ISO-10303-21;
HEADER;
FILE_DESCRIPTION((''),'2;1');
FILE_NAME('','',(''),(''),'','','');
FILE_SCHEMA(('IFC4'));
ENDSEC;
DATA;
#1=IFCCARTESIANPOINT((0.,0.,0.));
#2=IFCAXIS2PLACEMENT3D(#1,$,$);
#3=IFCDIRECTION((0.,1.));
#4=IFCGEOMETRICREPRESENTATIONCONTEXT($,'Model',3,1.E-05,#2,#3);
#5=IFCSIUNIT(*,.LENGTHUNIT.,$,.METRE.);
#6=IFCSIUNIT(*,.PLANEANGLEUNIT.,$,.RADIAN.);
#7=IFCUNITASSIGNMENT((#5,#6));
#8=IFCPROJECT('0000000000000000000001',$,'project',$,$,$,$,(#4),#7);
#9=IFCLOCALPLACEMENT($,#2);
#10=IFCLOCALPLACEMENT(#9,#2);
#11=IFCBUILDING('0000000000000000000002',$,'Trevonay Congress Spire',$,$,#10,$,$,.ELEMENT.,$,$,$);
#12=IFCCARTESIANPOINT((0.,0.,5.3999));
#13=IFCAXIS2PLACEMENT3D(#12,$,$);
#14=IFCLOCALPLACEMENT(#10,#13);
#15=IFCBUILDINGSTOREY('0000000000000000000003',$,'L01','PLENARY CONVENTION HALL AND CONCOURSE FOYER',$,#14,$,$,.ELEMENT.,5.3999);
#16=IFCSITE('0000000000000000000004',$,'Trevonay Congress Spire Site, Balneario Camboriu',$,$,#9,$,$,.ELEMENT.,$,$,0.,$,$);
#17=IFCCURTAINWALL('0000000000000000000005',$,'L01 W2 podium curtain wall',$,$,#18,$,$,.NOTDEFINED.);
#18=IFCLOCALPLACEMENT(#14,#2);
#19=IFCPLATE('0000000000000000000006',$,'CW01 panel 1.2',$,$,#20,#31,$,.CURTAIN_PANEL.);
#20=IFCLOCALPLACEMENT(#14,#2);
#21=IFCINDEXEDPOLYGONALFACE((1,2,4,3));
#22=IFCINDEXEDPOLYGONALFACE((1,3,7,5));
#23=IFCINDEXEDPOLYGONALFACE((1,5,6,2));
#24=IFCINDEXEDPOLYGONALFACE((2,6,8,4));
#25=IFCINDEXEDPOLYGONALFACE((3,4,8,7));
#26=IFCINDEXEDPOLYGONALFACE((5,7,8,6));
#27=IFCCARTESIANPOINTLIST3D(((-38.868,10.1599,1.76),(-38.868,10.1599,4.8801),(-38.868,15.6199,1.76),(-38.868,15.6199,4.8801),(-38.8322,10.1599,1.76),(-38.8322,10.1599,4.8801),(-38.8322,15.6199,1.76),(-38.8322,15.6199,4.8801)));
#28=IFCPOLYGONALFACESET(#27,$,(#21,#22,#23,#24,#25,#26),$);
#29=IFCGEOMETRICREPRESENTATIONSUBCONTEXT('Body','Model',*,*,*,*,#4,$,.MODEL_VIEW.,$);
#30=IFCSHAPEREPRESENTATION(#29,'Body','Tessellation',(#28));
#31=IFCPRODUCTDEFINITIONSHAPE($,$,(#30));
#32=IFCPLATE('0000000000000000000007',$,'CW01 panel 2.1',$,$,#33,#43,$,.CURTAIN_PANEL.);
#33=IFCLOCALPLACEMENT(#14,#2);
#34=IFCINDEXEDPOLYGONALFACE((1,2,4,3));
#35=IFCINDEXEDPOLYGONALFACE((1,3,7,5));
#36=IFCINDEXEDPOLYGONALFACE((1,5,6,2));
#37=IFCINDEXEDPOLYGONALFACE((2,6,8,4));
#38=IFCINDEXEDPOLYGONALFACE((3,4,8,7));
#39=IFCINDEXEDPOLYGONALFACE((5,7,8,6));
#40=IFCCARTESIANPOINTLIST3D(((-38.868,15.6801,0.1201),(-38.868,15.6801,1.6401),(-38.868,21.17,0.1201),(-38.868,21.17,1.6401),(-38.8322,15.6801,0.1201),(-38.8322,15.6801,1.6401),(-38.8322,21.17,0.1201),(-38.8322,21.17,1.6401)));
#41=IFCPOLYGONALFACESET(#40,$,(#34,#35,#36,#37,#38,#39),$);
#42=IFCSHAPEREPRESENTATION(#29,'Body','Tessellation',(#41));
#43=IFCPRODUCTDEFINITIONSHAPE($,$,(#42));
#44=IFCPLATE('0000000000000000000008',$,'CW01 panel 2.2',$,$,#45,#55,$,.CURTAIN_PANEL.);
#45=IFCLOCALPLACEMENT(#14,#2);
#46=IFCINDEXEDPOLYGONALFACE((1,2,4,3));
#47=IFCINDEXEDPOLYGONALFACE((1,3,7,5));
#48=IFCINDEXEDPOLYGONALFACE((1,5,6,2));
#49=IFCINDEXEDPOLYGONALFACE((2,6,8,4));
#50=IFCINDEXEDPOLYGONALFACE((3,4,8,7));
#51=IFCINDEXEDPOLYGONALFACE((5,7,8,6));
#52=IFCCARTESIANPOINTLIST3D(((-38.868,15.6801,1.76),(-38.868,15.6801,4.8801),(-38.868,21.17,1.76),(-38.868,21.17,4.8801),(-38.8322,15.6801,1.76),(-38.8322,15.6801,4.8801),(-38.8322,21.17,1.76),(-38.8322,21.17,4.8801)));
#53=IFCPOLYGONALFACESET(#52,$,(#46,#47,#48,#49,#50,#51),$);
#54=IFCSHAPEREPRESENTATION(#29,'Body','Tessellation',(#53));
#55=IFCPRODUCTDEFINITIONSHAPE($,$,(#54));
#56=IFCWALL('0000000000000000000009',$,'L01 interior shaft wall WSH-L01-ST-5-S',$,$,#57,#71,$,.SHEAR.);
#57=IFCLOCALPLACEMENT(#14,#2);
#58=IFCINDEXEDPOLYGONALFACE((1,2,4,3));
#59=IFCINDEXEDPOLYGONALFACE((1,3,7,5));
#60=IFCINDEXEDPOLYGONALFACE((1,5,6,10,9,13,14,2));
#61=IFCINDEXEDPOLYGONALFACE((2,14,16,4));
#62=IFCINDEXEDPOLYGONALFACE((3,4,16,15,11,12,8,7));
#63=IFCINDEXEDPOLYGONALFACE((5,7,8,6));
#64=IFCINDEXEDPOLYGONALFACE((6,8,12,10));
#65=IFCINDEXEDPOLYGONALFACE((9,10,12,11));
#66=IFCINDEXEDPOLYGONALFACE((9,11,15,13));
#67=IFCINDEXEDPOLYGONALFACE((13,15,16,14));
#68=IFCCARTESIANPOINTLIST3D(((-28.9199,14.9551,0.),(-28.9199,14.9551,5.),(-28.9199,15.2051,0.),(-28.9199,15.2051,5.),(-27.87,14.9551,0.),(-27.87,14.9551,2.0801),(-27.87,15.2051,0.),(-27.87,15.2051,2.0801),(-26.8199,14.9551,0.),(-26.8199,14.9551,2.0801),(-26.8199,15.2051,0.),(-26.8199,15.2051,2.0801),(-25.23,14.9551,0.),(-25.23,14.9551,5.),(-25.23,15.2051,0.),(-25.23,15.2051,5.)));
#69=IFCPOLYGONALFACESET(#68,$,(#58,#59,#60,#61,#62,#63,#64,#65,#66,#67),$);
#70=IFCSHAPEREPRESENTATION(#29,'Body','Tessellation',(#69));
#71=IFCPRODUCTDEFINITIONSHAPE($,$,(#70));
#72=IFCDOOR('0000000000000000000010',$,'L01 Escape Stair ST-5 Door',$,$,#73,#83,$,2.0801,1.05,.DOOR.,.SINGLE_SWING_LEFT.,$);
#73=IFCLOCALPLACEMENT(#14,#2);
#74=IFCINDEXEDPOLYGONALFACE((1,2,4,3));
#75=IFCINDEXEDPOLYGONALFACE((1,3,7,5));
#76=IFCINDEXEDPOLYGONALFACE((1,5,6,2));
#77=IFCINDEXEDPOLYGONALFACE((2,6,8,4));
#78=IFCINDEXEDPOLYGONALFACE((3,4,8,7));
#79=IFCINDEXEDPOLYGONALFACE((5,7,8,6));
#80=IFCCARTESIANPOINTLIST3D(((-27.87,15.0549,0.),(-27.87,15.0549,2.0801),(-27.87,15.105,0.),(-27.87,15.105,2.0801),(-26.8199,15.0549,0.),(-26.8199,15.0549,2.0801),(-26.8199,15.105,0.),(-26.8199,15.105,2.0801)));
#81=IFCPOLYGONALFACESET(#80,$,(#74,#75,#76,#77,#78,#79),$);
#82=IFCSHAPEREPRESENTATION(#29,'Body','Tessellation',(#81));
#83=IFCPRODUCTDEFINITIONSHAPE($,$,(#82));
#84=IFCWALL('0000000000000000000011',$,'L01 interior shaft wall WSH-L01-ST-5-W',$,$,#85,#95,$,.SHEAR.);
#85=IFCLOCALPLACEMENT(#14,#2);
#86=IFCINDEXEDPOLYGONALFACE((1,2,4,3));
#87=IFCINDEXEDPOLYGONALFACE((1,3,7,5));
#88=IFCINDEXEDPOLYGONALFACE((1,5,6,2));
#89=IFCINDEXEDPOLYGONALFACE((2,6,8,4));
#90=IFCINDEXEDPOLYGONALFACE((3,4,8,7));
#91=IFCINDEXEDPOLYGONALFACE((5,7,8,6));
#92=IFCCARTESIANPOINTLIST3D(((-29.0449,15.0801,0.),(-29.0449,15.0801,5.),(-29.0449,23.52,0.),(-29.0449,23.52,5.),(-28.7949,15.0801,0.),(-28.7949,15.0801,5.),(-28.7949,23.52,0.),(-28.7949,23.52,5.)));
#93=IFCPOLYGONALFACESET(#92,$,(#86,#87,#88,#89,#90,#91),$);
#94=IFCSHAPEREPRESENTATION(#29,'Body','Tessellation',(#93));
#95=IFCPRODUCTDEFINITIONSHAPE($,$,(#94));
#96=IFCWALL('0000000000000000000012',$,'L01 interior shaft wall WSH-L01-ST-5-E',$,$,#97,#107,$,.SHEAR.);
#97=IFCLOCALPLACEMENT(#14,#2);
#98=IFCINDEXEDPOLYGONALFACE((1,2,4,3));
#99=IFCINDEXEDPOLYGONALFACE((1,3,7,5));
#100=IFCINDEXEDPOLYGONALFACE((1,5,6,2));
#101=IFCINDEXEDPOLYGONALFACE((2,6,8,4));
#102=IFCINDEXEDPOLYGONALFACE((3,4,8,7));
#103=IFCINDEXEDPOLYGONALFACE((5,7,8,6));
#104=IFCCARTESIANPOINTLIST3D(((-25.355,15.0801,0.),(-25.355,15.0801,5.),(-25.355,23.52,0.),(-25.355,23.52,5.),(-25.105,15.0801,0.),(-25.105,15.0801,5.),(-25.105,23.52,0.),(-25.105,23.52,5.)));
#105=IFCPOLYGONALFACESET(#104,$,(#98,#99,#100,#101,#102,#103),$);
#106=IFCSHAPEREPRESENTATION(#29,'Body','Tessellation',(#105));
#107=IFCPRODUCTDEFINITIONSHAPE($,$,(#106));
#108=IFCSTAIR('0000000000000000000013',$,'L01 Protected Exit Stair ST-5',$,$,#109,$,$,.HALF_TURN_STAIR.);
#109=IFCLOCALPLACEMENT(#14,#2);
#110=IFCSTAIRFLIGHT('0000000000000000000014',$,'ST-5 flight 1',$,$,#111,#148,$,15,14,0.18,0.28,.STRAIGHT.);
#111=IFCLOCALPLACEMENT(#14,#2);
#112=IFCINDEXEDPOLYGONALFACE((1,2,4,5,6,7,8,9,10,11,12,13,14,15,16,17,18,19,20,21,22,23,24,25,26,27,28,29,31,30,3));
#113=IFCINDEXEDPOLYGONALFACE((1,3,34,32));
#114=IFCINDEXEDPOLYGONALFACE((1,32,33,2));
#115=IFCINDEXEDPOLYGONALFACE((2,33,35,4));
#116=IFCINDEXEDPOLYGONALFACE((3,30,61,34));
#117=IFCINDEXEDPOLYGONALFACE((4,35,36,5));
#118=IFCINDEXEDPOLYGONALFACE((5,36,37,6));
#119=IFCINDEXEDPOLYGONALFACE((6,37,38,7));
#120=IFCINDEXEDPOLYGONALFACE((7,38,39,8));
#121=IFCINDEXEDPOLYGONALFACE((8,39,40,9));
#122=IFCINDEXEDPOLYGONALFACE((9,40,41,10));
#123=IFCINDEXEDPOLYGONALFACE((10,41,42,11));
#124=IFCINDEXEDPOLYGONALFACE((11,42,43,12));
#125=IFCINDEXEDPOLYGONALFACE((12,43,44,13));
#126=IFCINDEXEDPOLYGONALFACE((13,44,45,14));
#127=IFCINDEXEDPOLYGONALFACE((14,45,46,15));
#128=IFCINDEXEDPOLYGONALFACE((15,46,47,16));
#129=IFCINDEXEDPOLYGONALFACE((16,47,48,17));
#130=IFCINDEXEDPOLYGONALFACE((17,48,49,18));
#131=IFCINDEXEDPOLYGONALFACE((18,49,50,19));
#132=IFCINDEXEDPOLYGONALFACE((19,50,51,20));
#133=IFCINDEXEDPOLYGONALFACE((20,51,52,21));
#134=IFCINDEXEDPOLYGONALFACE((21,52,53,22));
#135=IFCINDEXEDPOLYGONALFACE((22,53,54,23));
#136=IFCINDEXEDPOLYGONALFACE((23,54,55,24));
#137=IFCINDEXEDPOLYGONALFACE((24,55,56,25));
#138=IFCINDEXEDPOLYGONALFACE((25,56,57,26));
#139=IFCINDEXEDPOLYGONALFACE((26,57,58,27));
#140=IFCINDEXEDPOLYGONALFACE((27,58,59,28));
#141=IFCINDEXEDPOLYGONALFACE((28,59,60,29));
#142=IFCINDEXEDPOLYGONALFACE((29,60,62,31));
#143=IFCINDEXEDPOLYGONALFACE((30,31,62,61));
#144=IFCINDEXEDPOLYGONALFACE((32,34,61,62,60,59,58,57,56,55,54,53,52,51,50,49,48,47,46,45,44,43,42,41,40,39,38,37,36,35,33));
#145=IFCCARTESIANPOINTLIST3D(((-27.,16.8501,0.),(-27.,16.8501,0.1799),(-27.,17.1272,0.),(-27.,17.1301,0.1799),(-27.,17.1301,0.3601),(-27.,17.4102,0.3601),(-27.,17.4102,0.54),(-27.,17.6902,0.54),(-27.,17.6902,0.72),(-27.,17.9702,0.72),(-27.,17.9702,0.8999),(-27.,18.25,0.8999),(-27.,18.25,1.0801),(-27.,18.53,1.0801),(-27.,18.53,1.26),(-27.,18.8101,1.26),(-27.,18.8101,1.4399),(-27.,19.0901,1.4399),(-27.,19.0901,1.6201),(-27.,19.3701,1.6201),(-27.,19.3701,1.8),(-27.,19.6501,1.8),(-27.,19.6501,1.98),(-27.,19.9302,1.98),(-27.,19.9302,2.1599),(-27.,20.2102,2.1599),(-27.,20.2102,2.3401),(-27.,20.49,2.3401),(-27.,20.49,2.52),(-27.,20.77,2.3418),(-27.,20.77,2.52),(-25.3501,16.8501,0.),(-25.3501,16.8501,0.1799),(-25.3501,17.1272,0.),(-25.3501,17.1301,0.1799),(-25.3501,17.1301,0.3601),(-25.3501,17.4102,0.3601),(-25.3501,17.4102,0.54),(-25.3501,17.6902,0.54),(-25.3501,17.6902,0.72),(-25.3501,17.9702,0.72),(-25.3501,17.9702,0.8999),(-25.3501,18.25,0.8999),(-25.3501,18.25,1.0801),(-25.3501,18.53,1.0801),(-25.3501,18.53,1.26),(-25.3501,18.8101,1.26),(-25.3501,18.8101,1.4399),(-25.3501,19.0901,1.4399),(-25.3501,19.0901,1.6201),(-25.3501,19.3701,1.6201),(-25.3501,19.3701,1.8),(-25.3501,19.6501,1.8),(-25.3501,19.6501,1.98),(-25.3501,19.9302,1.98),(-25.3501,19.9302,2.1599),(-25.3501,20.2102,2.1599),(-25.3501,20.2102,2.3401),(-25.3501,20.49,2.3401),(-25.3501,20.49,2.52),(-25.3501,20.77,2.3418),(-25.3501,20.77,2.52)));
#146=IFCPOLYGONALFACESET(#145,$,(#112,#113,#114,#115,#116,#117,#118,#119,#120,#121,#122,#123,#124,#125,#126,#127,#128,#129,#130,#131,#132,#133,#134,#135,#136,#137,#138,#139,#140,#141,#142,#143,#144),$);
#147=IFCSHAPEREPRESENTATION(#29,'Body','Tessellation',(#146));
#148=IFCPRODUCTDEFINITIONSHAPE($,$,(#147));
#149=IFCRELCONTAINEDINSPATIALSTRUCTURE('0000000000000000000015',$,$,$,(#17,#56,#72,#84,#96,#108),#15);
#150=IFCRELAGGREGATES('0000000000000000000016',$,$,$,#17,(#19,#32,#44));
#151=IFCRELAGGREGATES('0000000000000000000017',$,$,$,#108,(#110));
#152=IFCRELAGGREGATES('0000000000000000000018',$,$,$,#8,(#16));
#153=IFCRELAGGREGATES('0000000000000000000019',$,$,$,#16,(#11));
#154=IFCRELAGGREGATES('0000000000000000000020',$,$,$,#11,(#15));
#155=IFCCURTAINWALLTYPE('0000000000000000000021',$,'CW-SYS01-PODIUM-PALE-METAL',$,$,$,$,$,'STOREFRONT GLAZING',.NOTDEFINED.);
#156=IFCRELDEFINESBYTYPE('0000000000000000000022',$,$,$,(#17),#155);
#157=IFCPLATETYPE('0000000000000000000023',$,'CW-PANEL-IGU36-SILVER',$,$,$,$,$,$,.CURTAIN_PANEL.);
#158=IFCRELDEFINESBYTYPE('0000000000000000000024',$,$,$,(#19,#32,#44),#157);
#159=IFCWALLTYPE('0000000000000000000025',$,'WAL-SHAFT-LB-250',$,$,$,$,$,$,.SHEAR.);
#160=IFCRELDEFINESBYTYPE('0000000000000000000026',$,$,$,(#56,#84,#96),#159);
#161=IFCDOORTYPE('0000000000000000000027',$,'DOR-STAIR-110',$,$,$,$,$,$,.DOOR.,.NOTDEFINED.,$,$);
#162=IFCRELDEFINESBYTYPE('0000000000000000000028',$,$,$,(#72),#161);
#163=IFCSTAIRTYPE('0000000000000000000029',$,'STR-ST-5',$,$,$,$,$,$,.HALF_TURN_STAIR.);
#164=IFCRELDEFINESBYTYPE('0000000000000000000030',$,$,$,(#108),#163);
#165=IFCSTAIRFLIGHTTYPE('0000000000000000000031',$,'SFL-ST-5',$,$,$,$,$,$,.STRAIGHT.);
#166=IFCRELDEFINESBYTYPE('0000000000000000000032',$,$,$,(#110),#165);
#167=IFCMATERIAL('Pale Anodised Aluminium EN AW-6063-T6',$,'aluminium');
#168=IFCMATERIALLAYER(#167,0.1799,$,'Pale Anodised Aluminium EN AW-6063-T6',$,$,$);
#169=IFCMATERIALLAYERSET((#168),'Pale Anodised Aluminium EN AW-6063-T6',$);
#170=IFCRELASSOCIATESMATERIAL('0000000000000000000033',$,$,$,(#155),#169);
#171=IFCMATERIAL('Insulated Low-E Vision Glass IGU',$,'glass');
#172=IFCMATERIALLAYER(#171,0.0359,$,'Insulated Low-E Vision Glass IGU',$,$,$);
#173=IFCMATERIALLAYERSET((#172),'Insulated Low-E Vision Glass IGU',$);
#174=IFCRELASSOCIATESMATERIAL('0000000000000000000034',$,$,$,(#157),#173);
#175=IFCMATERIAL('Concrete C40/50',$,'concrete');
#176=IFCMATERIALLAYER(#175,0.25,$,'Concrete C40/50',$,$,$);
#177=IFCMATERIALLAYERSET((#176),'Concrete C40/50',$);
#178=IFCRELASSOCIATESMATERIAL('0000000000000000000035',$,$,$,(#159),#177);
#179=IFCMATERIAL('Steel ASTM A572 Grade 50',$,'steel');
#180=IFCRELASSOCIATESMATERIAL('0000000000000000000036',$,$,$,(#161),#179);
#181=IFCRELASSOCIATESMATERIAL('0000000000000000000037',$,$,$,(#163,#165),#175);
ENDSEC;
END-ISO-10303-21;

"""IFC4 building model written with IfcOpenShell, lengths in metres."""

from ifc_helpers import new_model, si_unit, direction, frame, frame_2d, origin, origin_2d, place, context, subcontext, project, spatial, polyline, rectangle, outline, extrude, material, layer, layer_set, type_object, element, fill, aggregate, save


model = new_model("IFC4")

# Units and contexts
model_context = context("Model", 3, precision=1e-05, world=origin(), true_north=direction((0.0, 1.0)))
body_context = subcontext(model_context, "Body", "Model", "MODEL_VIEW")
ifc_project = project(units=[si_unit("LENGTHUNIT", "METRE"), si_unit("PLANEANGLEUNIT", "RADIAN")], contexts=[model_context])

# Site, building, storey
site_placement = place(None, origin())
site = spatial("IfcSite", under=ifc_project, at=site_placement, Name="Trevonay Congress Spire Site, Balneario Camboriu", CompositionType="ELEMENT", RefElevation=0.0)
building_placement = place(site_placement, origin())
building = spatial("IfcBuilding", under=site, at=building_placement, Name="Trevonay Congress Spire", CompositionType="ELEMENT")
storey_placement = place(building_placement, frame((0.0, 0.0, 5.3999)))
storey = spatial("IfcBuildingStorey", under=building, at=storey_placement, Name="L01", Description="PLENARY CONVENTION HALL AND CONCOURSE FOYER", CompositionType="ELEMENT", Elevation=5.3999)

# Shared definitions
ifc_material_1 = material(Name="Steel ASTM A572 Grade 50", Category="steel")

# Curtain wall, plates
ifc_material_2 = material(Name="Pale Anodised Aluminium EN AW-6063-T6", Category="aluminium")
ifc_layer_1 = layer(ifc_material_2, 0.1799, Name="Pale Anodised Aluminium EN AW-6063-T6")
ifc_layer_set_1 = layer_set([ifc_layer_1], Name="Pale Anodised Aluminium EN AW-6063-T6")
curtain_wall_type = type_object("IfcCurtainWallType", Name="CW-SYS01-PODIUM-PALE-METAL", ElementType="STOREFRONT GLAZING", PredefinedType="NOTDEFINED", material=ifc_layer_set_1)
curtain_wall_placement = place(storey_placement, origin())
curtain_wall = element("IfcCurtainWall", 1, at=curtain_wall_placement, inside=storey, type_object=curtain_wall_type, Name="L01 W2 podium curtain wall", PredefinedType="NOTDEFINED")
ifc_material_3 = material(Name="Insulated Low-E Vision Glass IGU", Category="glass")
ifc_layer_2 = layer(ifc_material_3, 0.0359, Name="Insulated Low-E Vision Glass IGU")
ifc_layer_set_2 = layer_set([ifc_layer_2], Name="Insulated Low-E Vision Glass IGU")
plate_type = type_object("IfcPlateType", Name="CW-PANEL-IGU36-SILVER", PredefinedType="CURTAIN_PANEL", material=ifc_layer_set_2)
plate_1_placement = place(storey_placement, frame((-38.8501, 12.8899, 1.76), z_axis=(0.0, 0.0, 1.0), x_axis=(0.0, 1.0, 0.0)))
plate_1 = element("IfcPlate", 2, at=plate_1_placement, type_object=plate_type, Name="CW01 panel 1.2", PredefinedType="CURTAIN_PANEL", context=body_context, shape_type="SweptSolid", body=[
    extrude(rectangle(XDim=5.46, YDim=0.0359, at=origin_2d()), origin(), (0.0, 0.0, 1.0), 3.1201),
])
plate_2_placement = place(storey_placement, frame((-38.8501, 18.425, 0.1201), z_axis=(0.0, 0.0, 1.0), x_axis=(0.0, 1.0, 0.0)))
plate_2 = element("IfcPlate", 3, at=plate_2_placement, type_object=plate_type, Name="CW01 panel 2.1", PredefinedType="CURTAIN_PANEL", context=body_context, shape_type="SweptSolid", body=[
    extrude(rectangle(XDim=5.49, YDim=0.0359, at=origin_2d()), origin(), (0.0, 0.0, 1.0), 1.52),
])
plate_3_placement = place(storey_placement, frame((-38.8501, 18.425, 1.76), z_axis=(0.0, 0.0, 1.0), x_axis=(0.0, 1.0, 0.0)))
plate_3 = element("IfcPlate", 4, at=plate_3_placement, type_object=plate_type, Name="CW01 panel 2.2", PredefinedType="CURTAIN_PANEL", context=body_context, shape_type="SweptSolid", body=[
    extrude(rectangle(XDim=5.49, YDim=0.0359, at=origin_2d()), origin(), (0.0, 0.0, 1.0), 3.1201),
])
aggregate(curtain_wall, [plate_1, plate_2, plate_3])

# Wall, opening, door
ifc_material_4 = material(Name="Concrete C40/50", Category="concrete")
ifc_layer_3 = layer(ifc_material_4, 0.25, Name="Concrete C40/50")
ifc_layer_set_3 = layer_set([ifc_layer_3], Name="Concrete C40/50")
wall_type = type_object("IfcWallType", Name="WAL-SHAFT-LB-250", PredefinedType="SHEAR", material=ifc_layer_set_3)
wall_placement = place(storey_placement, frame((-28.9199, 15.0801, 0.0), z_axis=(0.0, 0.0, 1.0), x_axis=(1.0, 0.0, 0.0)))
wall = element("IfcWall", 5, at=wall_placement, inside=storey, type_object=wall_type, Name="L01 interior shaft wall WSH-L01-ST-5-S", PredefinedType="SHEAR", context=body_context, shape_type="SweptSolid", body=[
    extrude(rectangle(XDim=3.6899, YDim=0.25, at=frame_2d((1.845, 0.0))), origin(), (0.0, 0.0, 1.0), 5.0),
])
opening_placement = place(wall_placement, frame((1.05, 0.0, 0.0)))
opening = element("IfcOpeningElement", 6, at=opening_placement, cuts=wall, PredefinedType="OPENING", context=body_context, shape_type="SweptSolid", body=[
    extrude(rectangle(XDim=1.05, YDim=2.0801, at=frame_2d((0.5249, 1.04))), frame((0.0, 0.135, 0.0), z_axis=(0.0, -1.0, 0.0), x_axis=(1.0, 0.0, 0.0)), (0.0, 0.0, 1.0), 0.27),
])
door_type = type_object("IfcDoorType", Name="DOR-STAIR-110", OperationType="NOTDEFINED", PredefinedType="DOOR", material=ifc_material_1)
door_placement = place(opening_placement, origin())
door = element("IfcDoor", 7, at=door_placement, inside=storey, type_object=door_type, Name="L01 Escape Stair ST-5 Door", OperationType="SINGLE_SWING_LEFT", OverallHeight=2.0801, OverallWidth=1.05, PredefinedType="DOOR", context=body_context, shape_type="SweptSolid", body=[
    extrude(rectangle(XDim=1.05, YDim=2.0801, at=frame_2d((0.5249, 1.04))), frame((0.0, 0.0249, 0.0), z_axis=(0.0, -1.0, 0.0), x_axis=(1.0, 0.0, 0.0)), (0.0, 0.0, 1.0), 0.05),
])
fill(opening, door)

# Walls
for number, where, z_axis, x_axis, name in (
    (8, (-28.9199, 15.0801, 0.0), (0.0, 0.0, 1.0), (0.0, 1.0, 0.0), "L01 interior shaft wall WSH-L01-ST-5-W"),
    (9, (-25.23, 15.0801, 0.0), (0.0, 0.0, 1.0), (0.0, 1.0, 0.0), "L01 interior shaft wall WSH-L01-ST-5-E"),
):
    element("IfcWall", number, at=place(storey_placement, frame(where, z_axis=z_axis, x_axis=x_axis)), inside=storey, type_object=wall_type, Name=name, PredefinedType="SHEAR", context=body_context, shape_type="SweptSolid", body=[
        extrude(rectangle(XDim=8.4399, YDim=0.25, at=frame_2d((4.22, 0.0))), origin(), (0.0, 0.0, 1.0), 5.0),
    ])

# Stair, stair flight
stair_type = type_object("IfcStairType", Name="STR-ST-5", PredefinedType="HALF_TURN_STAIR", material=ifc_material_4)
stair_placement = place(storey_placement, origin())
stair = element("IfcStair", 10, at=stair_placement, inside=storey, type_object=stair_type, Name="L01 Protected Exit Stair ST-5", PredefinedType="HALF_TURN_STAIR")
stair_flight_type = type_object("IfcStairFlightType", Name="SFL-ST-5", PredefinedType="STRAIGHT", material=ifc_material_4)
stair_flight_placement = place(storey_placement, frame((-26.175, 16.8501, 0.0), z_axis=(0.0, 0.0, 1.0), x_axis=(0.0, 1.0, 0.0)))
stair_flight = element("IfcStairFlight", 11, at=stair_flight_placement, type_object=stair_flight_type, Name="ST-5 flight 1", NumberOfRisers=15, NumberOfTreads=14, PredefinedType="STRAIGHT", RiserHeight=0.18, TreadLength=0.28, context=body_context, shape_type="SweptSolid", body=[
    extrude(outline(polyline([(0.0, 0.0), (0.0, 0.1799), (0.28, 0.1799), (0.28, 0.3601), (0.5601, 0.3601), (0.5601, 0.54), (0.8401, 0.54), (0.8401, 0.72), (1.1201, 0.72), (1.1201, 0.8999), (1.3999, 0.8999), (1.3999, 1.0801), (1.6799, 1.0801), (1.6799, 1.26), (1.96, 1.26), (1.96, 1.4399), (2.24, 1.4399), (2.24, 1.6201), (2.52, 1.6201), (2.52, 1.8), (2.8, 1.8), (2.8, 1.98), (3.0801, 1.98), (3.0801, 2.1599), (3.3601, 2.1599), (3.3601, 2.3401), (3.6399, 2.3401), (3.6399, 2.52), (3.9199, 2.52), (3.9199, 2.7), (3.9199, 2.3418), (0.2771, 0.0), (0.0, 0.0)])), frame((0.0, 0.825, 0.0), z_axis=(0.0, -1.0, 0.0), x_axis=(1.0, 0.0, 0.0)), (0.0, 0.0, 1.0), 1.6499),
])
aggregate(stair, [stair_flight])

save(model, "model.ifc")
